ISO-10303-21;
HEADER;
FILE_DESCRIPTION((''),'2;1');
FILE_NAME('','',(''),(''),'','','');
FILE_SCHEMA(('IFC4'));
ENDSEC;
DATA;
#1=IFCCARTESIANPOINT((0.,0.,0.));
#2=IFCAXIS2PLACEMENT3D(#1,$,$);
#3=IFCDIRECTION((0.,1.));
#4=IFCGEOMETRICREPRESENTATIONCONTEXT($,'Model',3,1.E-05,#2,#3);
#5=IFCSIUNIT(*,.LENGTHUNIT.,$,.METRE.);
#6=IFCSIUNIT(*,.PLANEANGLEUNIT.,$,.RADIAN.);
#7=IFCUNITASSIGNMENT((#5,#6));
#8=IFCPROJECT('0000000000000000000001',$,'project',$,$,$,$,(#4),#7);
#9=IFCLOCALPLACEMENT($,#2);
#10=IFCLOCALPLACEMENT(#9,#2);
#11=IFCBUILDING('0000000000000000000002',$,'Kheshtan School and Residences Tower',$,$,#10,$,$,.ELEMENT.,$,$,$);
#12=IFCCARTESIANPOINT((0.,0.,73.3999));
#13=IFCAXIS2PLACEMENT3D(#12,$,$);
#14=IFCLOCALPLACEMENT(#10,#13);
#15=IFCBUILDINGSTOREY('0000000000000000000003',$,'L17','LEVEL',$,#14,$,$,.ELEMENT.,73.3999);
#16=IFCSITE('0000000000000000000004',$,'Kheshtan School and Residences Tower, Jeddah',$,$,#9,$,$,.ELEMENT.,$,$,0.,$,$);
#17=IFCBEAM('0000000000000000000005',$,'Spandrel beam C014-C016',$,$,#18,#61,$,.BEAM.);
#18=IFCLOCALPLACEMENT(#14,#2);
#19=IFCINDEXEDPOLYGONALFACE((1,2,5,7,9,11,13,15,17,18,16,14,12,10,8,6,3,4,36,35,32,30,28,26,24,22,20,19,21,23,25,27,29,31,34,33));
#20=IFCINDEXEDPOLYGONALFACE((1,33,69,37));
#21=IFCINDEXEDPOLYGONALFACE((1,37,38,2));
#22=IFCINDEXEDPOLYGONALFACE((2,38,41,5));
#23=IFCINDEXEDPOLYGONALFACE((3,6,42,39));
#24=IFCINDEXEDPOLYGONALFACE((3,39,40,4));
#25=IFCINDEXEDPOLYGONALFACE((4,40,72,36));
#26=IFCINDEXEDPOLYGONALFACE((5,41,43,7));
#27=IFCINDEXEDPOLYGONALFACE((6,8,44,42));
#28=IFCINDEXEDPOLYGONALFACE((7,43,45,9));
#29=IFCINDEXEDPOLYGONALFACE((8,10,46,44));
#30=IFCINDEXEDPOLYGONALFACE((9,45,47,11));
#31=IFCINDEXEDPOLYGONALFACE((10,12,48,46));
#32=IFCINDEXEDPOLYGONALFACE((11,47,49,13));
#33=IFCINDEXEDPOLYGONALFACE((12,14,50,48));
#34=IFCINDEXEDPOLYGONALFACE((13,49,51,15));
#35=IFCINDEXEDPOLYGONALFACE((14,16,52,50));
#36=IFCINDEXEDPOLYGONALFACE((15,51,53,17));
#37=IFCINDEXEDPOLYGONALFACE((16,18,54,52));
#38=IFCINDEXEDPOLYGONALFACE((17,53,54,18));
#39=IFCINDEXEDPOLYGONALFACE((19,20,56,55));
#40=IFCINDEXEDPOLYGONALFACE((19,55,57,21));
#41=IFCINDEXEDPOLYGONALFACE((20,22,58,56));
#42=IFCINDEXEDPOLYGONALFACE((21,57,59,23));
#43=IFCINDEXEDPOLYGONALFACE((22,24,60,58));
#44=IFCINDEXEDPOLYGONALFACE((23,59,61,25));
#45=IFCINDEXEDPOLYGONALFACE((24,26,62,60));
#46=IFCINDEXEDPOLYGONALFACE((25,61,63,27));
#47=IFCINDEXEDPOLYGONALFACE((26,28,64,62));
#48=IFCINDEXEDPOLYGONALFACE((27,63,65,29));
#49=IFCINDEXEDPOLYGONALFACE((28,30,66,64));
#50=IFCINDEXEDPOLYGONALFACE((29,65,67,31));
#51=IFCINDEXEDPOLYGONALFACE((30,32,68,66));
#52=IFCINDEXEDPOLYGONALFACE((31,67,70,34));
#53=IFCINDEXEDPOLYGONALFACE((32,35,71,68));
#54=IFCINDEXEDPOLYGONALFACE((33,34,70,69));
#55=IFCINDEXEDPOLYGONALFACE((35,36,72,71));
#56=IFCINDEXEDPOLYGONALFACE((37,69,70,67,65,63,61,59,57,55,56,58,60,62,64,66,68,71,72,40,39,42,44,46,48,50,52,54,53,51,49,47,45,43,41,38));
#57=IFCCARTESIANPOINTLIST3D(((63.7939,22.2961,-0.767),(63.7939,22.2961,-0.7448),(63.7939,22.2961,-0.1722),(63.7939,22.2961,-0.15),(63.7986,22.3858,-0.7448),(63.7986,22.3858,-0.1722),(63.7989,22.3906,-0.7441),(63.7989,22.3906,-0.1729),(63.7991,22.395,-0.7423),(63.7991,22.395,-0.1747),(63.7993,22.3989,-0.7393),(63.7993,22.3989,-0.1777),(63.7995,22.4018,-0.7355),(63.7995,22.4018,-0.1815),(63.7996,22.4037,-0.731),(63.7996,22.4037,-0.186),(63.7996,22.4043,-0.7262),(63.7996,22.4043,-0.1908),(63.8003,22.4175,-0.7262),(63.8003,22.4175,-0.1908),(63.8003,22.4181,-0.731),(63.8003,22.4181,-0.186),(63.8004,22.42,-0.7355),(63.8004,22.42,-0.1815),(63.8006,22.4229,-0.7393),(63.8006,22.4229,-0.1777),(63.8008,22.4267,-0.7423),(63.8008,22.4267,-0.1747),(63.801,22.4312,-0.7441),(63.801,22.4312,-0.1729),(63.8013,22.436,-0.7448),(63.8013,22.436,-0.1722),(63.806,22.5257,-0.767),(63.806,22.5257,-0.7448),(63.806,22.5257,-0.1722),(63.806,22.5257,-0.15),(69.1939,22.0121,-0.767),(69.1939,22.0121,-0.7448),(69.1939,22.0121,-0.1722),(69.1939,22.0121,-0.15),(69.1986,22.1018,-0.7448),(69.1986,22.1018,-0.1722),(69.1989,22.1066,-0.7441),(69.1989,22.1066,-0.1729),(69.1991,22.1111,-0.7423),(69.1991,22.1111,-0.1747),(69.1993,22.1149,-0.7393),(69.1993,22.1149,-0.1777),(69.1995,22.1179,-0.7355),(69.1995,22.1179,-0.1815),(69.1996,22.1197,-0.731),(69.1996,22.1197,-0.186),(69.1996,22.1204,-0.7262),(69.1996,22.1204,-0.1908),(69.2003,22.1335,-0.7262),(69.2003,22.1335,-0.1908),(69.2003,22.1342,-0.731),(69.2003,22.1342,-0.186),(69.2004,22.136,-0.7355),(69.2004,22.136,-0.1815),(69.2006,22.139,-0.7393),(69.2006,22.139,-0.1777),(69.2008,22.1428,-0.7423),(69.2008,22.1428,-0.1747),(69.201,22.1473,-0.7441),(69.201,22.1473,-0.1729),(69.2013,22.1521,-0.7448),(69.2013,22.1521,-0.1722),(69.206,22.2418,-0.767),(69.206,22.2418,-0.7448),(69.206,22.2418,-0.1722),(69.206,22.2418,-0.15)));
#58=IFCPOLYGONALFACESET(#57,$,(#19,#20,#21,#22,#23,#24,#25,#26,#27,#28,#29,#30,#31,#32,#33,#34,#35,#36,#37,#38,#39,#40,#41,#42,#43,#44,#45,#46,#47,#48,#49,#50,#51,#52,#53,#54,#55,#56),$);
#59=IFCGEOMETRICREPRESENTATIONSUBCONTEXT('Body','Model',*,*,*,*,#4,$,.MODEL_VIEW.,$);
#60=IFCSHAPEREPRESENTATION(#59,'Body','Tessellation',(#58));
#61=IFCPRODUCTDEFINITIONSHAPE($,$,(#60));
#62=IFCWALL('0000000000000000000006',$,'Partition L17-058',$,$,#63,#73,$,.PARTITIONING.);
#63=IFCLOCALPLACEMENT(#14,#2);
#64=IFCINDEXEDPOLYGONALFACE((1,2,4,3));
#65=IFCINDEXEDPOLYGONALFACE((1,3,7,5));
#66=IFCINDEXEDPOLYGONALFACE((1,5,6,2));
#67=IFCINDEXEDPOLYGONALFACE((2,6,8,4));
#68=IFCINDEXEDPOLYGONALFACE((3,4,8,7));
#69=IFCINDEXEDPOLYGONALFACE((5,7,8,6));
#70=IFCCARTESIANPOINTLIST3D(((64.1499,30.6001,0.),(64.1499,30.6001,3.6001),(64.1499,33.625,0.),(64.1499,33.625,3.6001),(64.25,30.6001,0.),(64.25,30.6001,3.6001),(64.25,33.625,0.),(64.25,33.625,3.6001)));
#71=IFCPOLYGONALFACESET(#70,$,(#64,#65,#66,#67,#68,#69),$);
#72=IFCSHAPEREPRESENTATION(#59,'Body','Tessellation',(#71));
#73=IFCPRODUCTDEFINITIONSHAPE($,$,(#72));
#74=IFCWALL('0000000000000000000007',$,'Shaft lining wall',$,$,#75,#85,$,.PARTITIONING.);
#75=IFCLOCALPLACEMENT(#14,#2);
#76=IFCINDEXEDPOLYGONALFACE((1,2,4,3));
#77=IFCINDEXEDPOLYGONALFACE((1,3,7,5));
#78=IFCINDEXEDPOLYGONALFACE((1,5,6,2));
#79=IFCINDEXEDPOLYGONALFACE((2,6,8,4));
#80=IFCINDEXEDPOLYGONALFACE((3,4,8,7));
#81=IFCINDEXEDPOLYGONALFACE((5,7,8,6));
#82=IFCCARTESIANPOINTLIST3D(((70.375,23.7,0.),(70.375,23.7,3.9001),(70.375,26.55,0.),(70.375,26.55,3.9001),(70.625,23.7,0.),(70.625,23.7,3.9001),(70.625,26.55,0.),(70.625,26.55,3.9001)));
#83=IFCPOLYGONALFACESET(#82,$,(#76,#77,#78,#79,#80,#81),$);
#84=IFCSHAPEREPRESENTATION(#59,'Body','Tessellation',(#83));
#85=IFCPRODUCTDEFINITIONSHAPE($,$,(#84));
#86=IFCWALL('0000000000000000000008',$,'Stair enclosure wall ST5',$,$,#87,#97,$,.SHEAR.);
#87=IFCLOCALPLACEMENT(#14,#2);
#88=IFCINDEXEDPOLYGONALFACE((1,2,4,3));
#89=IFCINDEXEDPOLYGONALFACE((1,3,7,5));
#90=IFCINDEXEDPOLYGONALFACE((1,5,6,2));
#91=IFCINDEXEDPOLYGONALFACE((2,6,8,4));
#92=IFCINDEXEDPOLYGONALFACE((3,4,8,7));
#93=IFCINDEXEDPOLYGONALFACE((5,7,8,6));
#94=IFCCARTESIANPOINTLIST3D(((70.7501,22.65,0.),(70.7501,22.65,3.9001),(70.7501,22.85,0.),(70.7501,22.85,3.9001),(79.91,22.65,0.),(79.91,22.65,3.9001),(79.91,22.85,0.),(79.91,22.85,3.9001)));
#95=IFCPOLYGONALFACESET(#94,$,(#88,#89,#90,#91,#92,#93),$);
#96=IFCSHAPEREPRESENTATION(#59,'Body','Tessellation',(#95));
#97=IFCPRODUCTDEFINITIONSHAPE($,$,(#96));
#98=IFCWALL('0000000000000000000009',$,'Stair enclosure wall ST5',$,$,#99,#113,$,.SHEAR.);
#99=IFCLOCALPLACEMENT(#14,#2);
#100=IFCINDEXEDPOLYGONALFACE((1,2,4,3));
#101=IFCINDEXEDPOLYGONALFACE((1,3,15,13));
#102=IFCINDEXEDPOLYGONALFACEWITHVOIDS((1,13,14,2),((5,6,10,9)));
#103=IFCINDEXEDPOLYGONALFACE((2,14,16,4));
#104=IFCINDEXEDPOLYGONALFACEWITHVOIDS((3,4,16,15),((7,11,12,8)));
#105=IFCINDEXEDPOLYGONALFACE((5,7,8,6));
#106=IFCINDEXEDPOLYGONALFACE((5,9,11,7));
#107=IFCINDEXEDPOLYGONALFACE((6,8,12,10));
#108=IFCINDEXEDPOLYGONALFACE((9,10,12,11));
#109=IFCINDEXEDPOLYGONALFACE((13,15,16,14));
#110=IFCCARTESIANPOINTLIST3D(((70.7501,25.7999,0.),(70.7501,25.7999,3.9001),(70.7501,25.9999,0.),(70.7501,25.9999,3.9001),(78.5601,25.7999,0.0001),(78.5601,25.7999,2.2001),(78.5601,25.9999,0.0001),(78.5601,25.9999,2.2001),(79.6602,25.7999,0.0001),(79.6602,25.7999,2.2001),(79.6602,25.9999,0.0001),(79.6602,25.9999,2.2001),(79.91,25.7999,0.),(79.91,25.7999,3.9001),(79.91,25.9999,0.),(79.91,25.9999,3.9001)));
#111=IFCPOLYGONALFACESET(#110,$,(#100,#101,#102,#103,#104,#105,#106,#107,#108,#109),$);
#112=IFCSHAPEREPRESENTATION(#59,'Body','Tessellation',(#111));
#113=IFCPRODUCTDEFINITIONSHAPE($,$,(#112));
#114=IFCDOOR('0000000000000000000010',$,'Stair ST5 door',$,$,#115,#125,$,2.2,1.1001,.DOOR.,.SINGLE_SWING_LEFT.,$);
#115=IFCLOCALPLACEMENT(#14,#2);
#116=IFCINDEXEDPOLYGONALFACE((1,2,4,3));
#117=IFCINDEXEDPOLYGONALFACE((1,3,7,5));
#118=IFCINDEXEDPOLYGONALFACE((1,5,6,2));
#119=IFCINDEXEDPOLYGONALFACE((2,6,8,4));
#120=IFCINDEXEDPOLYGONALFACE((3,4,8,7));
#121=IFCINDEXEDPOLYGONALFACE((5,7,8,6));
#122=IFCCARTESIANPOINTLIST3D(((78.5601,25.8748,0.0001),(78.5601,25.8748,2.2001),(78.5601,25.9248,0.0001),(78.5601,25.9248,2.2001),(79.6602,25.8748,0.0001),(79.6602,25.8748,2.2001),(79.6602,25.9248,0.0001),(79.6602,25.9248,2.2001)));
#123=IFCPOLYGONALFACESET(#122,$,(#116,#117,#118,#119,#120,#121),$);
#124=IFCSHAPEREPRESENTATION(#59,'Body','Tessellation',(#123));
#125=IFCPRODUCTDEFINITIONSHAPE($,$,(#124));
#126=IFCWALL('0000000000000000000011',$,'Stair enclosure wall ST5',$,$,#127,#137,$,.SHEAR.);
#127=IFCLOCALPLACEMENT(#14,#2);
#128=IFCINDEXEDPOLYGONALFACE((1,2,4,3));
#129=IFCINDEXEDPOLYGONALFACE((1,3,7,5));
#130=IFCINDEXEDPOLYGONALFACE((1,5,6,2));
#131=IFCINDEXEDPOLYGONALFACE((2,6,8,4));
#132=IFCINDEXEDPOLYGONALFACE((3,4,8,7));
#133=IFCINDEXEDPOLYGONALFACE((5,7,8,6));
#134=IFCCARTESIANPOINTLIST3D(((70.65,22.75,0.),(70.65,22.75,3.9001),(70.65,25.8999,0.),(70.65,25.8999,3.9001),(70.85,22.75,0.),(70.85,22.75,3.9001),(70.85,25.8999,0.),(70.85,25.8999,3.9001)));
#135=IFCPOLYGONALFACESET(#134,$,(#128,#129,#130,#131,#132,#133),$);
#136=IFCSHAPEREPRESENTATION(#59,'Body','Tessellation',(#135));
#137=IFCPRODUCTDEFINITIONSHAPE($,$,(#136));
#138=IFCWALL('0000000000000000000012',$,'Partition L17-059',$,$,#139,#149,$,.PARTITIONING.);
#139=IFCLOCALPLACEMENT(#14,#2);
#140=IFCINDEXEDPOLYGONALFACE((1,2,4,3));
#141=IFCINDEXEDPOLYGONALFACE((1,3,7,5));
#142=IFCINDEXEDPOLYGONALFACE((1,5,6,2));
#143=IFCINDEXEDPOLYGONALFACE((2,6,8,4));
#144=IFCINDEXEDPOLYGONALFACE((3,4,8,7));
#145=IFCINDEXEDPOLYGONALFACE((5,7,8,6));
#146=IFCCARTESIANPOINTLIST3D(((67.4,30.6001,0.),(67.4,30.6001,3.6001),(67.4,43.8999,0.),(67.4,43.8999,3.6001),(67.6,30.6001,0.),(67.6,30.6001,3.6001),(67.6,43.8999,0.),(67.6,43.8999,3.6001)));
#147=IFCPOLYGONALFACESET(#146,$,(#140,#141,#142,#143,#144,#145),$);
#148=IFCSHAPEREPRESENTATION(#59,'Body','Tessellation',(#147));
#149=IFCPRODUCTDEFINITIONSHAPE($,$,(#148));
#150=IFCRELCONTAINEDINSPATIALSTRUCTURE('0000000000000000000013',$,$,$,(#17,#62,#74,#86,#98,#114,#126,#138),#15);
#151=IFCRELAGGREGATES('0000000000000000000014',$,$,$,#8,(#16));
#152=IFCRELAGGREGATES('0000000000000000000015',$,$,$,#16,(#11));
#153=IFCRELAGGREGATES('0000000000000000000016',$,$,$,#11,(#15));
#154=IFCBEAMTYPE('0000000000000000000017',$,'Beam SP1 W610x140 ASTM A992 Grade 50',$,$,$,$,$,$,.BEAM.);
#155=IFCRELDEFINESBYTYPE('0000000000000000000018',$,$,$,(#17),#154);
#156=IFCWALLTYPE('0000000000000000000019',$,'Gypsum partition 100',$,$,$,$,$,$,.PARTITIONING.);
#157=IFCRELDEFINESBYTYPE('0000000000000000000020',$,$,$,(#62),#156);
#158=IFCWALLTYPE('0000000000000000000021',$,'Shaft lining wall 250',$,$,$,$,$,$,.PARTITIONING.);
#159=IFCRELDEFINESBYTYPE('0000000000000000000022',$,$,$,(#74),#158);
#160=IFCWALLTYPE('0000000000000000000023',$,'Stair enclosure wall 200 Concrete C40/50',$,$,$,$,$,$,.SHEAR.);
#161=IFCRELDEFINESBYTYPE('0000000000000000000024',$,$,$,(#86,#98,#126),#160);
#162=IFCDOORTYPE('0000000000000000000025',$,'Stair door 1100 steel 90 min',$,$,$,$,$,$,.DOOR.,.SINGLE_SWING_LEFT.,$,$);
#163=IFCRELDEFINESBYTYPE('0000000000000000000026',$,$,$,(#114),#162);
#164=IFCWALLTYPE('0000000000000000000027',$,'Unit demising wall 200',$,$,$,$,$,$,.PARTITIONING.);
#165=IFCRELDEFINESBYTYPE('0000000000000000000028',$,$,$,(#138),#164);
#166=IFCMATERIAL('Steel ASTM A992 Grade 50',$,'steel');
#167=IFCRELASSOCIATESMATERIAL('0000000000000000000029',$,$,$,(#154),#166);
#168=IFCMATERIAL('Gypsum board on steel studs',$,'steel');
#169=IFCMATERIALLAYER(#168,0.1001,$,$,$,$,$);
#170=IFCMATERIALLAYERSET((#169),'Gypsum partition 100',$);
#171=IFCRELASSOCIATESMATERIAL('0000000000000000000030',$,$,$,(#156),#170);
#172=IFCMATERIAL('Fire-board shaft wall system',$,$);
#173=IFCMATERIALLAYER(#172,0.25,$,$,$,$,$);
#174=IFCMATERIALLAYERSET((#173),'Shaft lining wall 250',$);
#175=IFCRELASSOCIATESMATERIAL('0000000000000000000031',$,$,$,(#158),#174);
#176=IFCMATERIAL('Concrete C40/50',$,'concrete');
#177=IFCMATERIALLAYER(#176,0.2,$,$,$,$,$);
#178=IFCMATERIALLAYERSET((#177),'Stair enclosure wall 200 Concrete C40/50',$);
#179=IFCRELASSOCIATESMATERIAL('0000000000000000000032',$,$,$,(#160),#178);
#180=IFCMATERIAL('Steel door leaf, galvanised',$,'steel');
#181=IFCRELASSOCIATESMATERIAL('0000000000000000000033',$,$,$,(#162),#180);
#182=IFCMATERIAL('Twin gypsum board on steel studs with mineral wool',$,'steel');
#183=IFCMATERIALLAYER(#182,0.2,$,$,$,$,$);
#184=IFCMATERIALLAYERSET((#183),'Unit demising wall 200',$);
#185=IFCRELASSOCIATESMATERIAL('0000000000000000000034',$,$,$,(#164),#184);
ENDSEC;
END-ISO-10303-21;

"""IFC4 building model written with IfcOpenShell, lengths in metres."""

from ifc_helpers import new_model, si_unit, direction, frame, frame_2d, origin, origin_2d, place, context, subcontext, project, spatial, rectangle, i_section, extrude, source, transform, mapped, material, layer, layer_set, material_profile, profile_set, type_object, element, fill, save


model = new_model("IFC4")

# Units and contexts
model_context = context("Model", 3, precision=1e-05, world=origin(), true_north=direction((0.0, 1.0)))
body_context = subcontext(model_context, "Body", "Model", "MODEL_VIEW")
ifc_project = project(units=[si_unit("LENGTHUNIT", "METRE"), si_unit("PLANEANGLEUNIT", "RADIAN")], contexts=[model_context])

# Site, building, storey
site_placement = place(None, origin())
site = spatial("IfcSite", under=ifc_project, at=site_placement, Name="Kheshtan School and Residences Tower, Jeddah", CompositionType="ELEMENT", RefElevation=0.0)
building_placement = place(site_placement, origin())
building = spatial("IfcBuilding", under=site, at=building_placement, Name="Kheshtan School and Residences Tower", CompositionType="ELEMENT")
storey_placement = place(building_placement, frame((0.0, 0.0, 73.3999)))
storey = spatial("IfcBuildingStorey", under=building, at=storey_placement, Name="L17", Description="LEVEL", CompositionType="ELEMENT", Elevation=73.3999)

# Shared definitions
ifc_material_1 = material(Name="Steel ASTM A992 Grade 50", Category="steel")

# Beam
ifc_material_profile_1 = material_profile(ifc_material_1, i_section(OverallWidth=0.23, OverallDepth=0.6169, WebThickness=0.0132, FlangeThickness=0.0222, FilletRadius=0.0186, at=origin_2d()), Name="W610x140")
ifc_profile_set_1 = profile_set([ifc_material_profile_1], Name="Steel ASTM A992 Grade 50")
beam_type_1 = type_object("IfcBeamType", Name="Beam SP1 W610x140 ASTM A992 Grade 50", PredefinedType="BEAM", material=ifc_profile_set_1)
beam_1_placement = place(storey_placement, frame((69.2, 22.127, -0.4585), z_axis=(-0.99862, 0.052509, 0.0), x_axis=(-0.052509, -0.99862, 0.0)))
element("IfcBeam", 1, at=beam_1_placement, inside=storey, type_object=beam_type_1, Name="Spandrel beam C014-C016", PredefinedType="BEAM", context=body_context, shape_type="SweptSolid", body=[
    extrude(i_section(OverallWidth=0.23, OverallDepth=0.6169, WebThickness=0.0132, FlangeThickness=0.0222, FilletRadius=0.0186, at=origin_2d()), origin(), (0.0, 0.0, 1.0), 5.4075),
])

# Walls
ifc_material_2 = material(Name="Gypsum board on steel studs", Category="steel")
ifc_layer_1 = layer(ifc_material_2, 0.1001)
ifc_layer_set_1 = layer_set([ifc_layer_1], Name="Gypsum partition 100")
wall_type_1 = type_object("IfcWallType", Name="Gypsum partition 100", PredefinedType="PARTITIONING", material=ifc_layer_set_1)
wall_1_placement = place(storey_placement, frame((64.2, 30.6001, 0.0), z_axis=(0.0, 0.0, 1.0), x_axis=(0.0, 1.0, 0.0)))
element("IfcWall", 2, at=wall_1_placement, inside=storey, type_object=wall_type_1, Name="Partition L17-058", PredefinedType="PARTITIONING", context=body_context, shape_type="SweptSolid", body=[
    extrude(rectangle(XDim=3.0249, YDim=0.1001, at=frame_2d((1.5125, 0.0))), origin(), (0.0, 0.0, 1.0), 3.6001),
])
ifc_material_3 = material(Name="Fire-board shaft wall system")
ifc_layer_2 = layer(ifc_material_3, 0.25)
ifc_layer_set_2 = layer_set([ifc_layer_2], Name="Shaft lining wall 250")
wall_type_2 = type_object("IfcWallType", Name="Shaft lining wall 250", PredefinedType="PARTITIONING", material=ifc_layer_set_2)
wall_2_placement = place(storey_placement, frame((70.5, 23.7, 0.0), z_axis=(0.0, 0.0, 1.0), x_axis=(0.0, 1.0, 0.0)))
element("IfcWall", 3, at=wall_2_placement, inside=storey, type_object=wall_type_2, Name="Shaft lining wall", PredefinedType="PARTITIONING", context=body_context, shape_type="SweptSolid", body=[
    extrude(rectangle(XDim=2.8501, YDim=0.25, at=frame_2d((1.425, 0.0))), origin(), (0.0, 0.0, 1.0), 3.9001),
])
ifc_material_4 = material(Name="Concrete C40/50", Category="concrete")
ifc_layer_3 = layer(ifc_material_4, 0.2)
ifc_layer_set_3 = layer_set([ifc_layer_3], Name="Stair enclosure wall 200 Concrete C40/50")
wall_type_3 = type_object("IfcWallType", Name="Stair enclosure wall 200 Concrete C40/50", PredefinedType="SHEAR", material=ifc_layer_set_3)
wall_3_placement = place(storey_placement, frame((70.75, 22.75, 0.0), z_axis=(0.0, 0.0, 1.0), x_axis=(1.0, 0.0, 0.0)))
element("IfcWall", 4, at=wall_3_placement, inside=storey, type_object=wall_type_3, Name="Stair enclosure wall ST5", PredefinedType="SHEAR", context=body_context, shape_type="SweptSolid", body=[
    extrude(rectangle(XDim=9.1599, YDim=0.2, at=frame_2d((4.5801, 0.0))), origin(), (0.0, 0.0, 1.0), 3.9001),
])

# Wall, opening, door
wall_4_placement = place(storey_placement, frame((70.75, 25.8999, 0.0), z_axis=(0.0, 0.0, 1.0), x_axis=(1.0, 0.0, 0.0)))
wall_4 = element("IfcWall", 5, at=wall_4_placement, inside=storey, type_object=wall_type_3, Name="Stair enclosure wall ST5", PredefinedType="SHEAR", context=body_context, shape_type="SweptSolid", body=[
    extrude(rectangle(XDim=9.1599, YDim=0.2, at=frame_2d((4.5801, 0.0))), origin(), (0.0, 0.0, 1.0), 3.9001),
])
opening_1_placement = place(wall_4_placement, frame((7.8101, 0.0, 0.0)))
opening_1 = element("IfcOpeningElement", 6, at=opening_1_placement, cuts=wall_4, PredefinedType="OPENING", context=body_context, shape_type="SweptSolid", body=[
    extrude(rectangle(XDim=1.1001, YDim=2.2, at=frame_2d((0.55, 1.1001))), frame((0.0, 0.1099, 0.0), z_axis=(0.0, -1.0, 0.0), x_axis=(1.0, 0.0, 0.0)), (0.0, 0.0, 1.0), 0.22),
])
ifc_material_5 = material(Name="Steel door leaf, galvanised", Category="steel")
door_type_1 = type_object("IfcDoorType", Name="Stair door 1100 steel 90 min", OperationType="SINGLE_SWING_LEFT", PredefinedType="DOOR", material=ifc_material_5)
shared_shape_1 = source(origin(), body_context, "Body", "SweptSolid", [
    extrude(rectangle(XDim=1.1001, YDim=2.2, at=frame_2d((0.55, 1.1001))), frame((0.0, 0.0249, 0.0), z_axis=(0.0, -1.0, 0.0), x_axis=(1.0, 0.0, 0.0)), (0.0, 0.0, 1.0), 0.05),
])
door_1_placement = place(opening_1_placement, origin())
door_1 = element("IfcDoor", 7, at=door_1_placement, inside=storey, type_object=door_type_1, Name="Stair ST5 door", OperationType="SINGLE_SWING_LEFT", OverallHeight=2.2, OverallWidth=1.1001, PredefinedType="DOOR", context=body_context, shape_type="MappedRepresentation", body=[
    mapped(shared_shape_1, transform((0.0, 0.0, 0.0), x_axis=(1.0, 0.0, 0.0), y_axis=(0.0, 1.0, 0.0), z_axis=(0.0, 0.0, 1.0), scale=1.0)),
])
fill(opening_1, door_1)

# Walls
wall_5_placement = place(storey_placement, frame((70.75, 22.75, 0.0), z_axis=(0.0, 0.0, 1.0), x_axis=(0.0, 1.0, 0.0)))
element("IfcWall", 8, at=wall_5_placement, inside=storey, type_object=wall_type_3, Name="Stair enclosure wall ST5", PredefinedType="SHEAR", context=body_context, shape_type="SweptSolid", body=[
    extrude(rectangle(XDim=3.1499, YDim=0.2, at=frame_2d((1.575, 0.0))), origin(), (0.0, 0.0, 1.0), 3.9001),
])
ifc_material_6 = material(Name="Twin gypsum board on steel studs with mineral wool", Category="steel")
ifc_layer_4 = layer(ifc_material_6, 0.2)
ifc_layer_set_4 = layer_set([ifc_layer_4], Name="Unit demising wall 200")
wall_type_4 = type_object("IfcWallType", Name="Unit demising wall 200", PredefinedType="PARTITIONING", material=ifc_layer_set_4)
wall_6_placement = place(storey_placement, frame((67.5, 30.6001, 0.0), z_axis=(0.0, 0.0, 1.0), x_axis=(0.0, 1.0, 0.0)))
element("IfcWall", 9, at=wall_6_placement, inside=storey, type_object=wall_type_4, Name="Partition L17-059", PredefinedType="PARTITIONING", context=body_context, shape_type="SweptSolid", body=[
    extrude(rectangle(XDim=13.2998, YDim=0.2, at=frame_2d((6.6499, 0.0))), origin(), (0.0, 0.0, 1.0), 3.6001),
])

save(model, "model.ifc")
